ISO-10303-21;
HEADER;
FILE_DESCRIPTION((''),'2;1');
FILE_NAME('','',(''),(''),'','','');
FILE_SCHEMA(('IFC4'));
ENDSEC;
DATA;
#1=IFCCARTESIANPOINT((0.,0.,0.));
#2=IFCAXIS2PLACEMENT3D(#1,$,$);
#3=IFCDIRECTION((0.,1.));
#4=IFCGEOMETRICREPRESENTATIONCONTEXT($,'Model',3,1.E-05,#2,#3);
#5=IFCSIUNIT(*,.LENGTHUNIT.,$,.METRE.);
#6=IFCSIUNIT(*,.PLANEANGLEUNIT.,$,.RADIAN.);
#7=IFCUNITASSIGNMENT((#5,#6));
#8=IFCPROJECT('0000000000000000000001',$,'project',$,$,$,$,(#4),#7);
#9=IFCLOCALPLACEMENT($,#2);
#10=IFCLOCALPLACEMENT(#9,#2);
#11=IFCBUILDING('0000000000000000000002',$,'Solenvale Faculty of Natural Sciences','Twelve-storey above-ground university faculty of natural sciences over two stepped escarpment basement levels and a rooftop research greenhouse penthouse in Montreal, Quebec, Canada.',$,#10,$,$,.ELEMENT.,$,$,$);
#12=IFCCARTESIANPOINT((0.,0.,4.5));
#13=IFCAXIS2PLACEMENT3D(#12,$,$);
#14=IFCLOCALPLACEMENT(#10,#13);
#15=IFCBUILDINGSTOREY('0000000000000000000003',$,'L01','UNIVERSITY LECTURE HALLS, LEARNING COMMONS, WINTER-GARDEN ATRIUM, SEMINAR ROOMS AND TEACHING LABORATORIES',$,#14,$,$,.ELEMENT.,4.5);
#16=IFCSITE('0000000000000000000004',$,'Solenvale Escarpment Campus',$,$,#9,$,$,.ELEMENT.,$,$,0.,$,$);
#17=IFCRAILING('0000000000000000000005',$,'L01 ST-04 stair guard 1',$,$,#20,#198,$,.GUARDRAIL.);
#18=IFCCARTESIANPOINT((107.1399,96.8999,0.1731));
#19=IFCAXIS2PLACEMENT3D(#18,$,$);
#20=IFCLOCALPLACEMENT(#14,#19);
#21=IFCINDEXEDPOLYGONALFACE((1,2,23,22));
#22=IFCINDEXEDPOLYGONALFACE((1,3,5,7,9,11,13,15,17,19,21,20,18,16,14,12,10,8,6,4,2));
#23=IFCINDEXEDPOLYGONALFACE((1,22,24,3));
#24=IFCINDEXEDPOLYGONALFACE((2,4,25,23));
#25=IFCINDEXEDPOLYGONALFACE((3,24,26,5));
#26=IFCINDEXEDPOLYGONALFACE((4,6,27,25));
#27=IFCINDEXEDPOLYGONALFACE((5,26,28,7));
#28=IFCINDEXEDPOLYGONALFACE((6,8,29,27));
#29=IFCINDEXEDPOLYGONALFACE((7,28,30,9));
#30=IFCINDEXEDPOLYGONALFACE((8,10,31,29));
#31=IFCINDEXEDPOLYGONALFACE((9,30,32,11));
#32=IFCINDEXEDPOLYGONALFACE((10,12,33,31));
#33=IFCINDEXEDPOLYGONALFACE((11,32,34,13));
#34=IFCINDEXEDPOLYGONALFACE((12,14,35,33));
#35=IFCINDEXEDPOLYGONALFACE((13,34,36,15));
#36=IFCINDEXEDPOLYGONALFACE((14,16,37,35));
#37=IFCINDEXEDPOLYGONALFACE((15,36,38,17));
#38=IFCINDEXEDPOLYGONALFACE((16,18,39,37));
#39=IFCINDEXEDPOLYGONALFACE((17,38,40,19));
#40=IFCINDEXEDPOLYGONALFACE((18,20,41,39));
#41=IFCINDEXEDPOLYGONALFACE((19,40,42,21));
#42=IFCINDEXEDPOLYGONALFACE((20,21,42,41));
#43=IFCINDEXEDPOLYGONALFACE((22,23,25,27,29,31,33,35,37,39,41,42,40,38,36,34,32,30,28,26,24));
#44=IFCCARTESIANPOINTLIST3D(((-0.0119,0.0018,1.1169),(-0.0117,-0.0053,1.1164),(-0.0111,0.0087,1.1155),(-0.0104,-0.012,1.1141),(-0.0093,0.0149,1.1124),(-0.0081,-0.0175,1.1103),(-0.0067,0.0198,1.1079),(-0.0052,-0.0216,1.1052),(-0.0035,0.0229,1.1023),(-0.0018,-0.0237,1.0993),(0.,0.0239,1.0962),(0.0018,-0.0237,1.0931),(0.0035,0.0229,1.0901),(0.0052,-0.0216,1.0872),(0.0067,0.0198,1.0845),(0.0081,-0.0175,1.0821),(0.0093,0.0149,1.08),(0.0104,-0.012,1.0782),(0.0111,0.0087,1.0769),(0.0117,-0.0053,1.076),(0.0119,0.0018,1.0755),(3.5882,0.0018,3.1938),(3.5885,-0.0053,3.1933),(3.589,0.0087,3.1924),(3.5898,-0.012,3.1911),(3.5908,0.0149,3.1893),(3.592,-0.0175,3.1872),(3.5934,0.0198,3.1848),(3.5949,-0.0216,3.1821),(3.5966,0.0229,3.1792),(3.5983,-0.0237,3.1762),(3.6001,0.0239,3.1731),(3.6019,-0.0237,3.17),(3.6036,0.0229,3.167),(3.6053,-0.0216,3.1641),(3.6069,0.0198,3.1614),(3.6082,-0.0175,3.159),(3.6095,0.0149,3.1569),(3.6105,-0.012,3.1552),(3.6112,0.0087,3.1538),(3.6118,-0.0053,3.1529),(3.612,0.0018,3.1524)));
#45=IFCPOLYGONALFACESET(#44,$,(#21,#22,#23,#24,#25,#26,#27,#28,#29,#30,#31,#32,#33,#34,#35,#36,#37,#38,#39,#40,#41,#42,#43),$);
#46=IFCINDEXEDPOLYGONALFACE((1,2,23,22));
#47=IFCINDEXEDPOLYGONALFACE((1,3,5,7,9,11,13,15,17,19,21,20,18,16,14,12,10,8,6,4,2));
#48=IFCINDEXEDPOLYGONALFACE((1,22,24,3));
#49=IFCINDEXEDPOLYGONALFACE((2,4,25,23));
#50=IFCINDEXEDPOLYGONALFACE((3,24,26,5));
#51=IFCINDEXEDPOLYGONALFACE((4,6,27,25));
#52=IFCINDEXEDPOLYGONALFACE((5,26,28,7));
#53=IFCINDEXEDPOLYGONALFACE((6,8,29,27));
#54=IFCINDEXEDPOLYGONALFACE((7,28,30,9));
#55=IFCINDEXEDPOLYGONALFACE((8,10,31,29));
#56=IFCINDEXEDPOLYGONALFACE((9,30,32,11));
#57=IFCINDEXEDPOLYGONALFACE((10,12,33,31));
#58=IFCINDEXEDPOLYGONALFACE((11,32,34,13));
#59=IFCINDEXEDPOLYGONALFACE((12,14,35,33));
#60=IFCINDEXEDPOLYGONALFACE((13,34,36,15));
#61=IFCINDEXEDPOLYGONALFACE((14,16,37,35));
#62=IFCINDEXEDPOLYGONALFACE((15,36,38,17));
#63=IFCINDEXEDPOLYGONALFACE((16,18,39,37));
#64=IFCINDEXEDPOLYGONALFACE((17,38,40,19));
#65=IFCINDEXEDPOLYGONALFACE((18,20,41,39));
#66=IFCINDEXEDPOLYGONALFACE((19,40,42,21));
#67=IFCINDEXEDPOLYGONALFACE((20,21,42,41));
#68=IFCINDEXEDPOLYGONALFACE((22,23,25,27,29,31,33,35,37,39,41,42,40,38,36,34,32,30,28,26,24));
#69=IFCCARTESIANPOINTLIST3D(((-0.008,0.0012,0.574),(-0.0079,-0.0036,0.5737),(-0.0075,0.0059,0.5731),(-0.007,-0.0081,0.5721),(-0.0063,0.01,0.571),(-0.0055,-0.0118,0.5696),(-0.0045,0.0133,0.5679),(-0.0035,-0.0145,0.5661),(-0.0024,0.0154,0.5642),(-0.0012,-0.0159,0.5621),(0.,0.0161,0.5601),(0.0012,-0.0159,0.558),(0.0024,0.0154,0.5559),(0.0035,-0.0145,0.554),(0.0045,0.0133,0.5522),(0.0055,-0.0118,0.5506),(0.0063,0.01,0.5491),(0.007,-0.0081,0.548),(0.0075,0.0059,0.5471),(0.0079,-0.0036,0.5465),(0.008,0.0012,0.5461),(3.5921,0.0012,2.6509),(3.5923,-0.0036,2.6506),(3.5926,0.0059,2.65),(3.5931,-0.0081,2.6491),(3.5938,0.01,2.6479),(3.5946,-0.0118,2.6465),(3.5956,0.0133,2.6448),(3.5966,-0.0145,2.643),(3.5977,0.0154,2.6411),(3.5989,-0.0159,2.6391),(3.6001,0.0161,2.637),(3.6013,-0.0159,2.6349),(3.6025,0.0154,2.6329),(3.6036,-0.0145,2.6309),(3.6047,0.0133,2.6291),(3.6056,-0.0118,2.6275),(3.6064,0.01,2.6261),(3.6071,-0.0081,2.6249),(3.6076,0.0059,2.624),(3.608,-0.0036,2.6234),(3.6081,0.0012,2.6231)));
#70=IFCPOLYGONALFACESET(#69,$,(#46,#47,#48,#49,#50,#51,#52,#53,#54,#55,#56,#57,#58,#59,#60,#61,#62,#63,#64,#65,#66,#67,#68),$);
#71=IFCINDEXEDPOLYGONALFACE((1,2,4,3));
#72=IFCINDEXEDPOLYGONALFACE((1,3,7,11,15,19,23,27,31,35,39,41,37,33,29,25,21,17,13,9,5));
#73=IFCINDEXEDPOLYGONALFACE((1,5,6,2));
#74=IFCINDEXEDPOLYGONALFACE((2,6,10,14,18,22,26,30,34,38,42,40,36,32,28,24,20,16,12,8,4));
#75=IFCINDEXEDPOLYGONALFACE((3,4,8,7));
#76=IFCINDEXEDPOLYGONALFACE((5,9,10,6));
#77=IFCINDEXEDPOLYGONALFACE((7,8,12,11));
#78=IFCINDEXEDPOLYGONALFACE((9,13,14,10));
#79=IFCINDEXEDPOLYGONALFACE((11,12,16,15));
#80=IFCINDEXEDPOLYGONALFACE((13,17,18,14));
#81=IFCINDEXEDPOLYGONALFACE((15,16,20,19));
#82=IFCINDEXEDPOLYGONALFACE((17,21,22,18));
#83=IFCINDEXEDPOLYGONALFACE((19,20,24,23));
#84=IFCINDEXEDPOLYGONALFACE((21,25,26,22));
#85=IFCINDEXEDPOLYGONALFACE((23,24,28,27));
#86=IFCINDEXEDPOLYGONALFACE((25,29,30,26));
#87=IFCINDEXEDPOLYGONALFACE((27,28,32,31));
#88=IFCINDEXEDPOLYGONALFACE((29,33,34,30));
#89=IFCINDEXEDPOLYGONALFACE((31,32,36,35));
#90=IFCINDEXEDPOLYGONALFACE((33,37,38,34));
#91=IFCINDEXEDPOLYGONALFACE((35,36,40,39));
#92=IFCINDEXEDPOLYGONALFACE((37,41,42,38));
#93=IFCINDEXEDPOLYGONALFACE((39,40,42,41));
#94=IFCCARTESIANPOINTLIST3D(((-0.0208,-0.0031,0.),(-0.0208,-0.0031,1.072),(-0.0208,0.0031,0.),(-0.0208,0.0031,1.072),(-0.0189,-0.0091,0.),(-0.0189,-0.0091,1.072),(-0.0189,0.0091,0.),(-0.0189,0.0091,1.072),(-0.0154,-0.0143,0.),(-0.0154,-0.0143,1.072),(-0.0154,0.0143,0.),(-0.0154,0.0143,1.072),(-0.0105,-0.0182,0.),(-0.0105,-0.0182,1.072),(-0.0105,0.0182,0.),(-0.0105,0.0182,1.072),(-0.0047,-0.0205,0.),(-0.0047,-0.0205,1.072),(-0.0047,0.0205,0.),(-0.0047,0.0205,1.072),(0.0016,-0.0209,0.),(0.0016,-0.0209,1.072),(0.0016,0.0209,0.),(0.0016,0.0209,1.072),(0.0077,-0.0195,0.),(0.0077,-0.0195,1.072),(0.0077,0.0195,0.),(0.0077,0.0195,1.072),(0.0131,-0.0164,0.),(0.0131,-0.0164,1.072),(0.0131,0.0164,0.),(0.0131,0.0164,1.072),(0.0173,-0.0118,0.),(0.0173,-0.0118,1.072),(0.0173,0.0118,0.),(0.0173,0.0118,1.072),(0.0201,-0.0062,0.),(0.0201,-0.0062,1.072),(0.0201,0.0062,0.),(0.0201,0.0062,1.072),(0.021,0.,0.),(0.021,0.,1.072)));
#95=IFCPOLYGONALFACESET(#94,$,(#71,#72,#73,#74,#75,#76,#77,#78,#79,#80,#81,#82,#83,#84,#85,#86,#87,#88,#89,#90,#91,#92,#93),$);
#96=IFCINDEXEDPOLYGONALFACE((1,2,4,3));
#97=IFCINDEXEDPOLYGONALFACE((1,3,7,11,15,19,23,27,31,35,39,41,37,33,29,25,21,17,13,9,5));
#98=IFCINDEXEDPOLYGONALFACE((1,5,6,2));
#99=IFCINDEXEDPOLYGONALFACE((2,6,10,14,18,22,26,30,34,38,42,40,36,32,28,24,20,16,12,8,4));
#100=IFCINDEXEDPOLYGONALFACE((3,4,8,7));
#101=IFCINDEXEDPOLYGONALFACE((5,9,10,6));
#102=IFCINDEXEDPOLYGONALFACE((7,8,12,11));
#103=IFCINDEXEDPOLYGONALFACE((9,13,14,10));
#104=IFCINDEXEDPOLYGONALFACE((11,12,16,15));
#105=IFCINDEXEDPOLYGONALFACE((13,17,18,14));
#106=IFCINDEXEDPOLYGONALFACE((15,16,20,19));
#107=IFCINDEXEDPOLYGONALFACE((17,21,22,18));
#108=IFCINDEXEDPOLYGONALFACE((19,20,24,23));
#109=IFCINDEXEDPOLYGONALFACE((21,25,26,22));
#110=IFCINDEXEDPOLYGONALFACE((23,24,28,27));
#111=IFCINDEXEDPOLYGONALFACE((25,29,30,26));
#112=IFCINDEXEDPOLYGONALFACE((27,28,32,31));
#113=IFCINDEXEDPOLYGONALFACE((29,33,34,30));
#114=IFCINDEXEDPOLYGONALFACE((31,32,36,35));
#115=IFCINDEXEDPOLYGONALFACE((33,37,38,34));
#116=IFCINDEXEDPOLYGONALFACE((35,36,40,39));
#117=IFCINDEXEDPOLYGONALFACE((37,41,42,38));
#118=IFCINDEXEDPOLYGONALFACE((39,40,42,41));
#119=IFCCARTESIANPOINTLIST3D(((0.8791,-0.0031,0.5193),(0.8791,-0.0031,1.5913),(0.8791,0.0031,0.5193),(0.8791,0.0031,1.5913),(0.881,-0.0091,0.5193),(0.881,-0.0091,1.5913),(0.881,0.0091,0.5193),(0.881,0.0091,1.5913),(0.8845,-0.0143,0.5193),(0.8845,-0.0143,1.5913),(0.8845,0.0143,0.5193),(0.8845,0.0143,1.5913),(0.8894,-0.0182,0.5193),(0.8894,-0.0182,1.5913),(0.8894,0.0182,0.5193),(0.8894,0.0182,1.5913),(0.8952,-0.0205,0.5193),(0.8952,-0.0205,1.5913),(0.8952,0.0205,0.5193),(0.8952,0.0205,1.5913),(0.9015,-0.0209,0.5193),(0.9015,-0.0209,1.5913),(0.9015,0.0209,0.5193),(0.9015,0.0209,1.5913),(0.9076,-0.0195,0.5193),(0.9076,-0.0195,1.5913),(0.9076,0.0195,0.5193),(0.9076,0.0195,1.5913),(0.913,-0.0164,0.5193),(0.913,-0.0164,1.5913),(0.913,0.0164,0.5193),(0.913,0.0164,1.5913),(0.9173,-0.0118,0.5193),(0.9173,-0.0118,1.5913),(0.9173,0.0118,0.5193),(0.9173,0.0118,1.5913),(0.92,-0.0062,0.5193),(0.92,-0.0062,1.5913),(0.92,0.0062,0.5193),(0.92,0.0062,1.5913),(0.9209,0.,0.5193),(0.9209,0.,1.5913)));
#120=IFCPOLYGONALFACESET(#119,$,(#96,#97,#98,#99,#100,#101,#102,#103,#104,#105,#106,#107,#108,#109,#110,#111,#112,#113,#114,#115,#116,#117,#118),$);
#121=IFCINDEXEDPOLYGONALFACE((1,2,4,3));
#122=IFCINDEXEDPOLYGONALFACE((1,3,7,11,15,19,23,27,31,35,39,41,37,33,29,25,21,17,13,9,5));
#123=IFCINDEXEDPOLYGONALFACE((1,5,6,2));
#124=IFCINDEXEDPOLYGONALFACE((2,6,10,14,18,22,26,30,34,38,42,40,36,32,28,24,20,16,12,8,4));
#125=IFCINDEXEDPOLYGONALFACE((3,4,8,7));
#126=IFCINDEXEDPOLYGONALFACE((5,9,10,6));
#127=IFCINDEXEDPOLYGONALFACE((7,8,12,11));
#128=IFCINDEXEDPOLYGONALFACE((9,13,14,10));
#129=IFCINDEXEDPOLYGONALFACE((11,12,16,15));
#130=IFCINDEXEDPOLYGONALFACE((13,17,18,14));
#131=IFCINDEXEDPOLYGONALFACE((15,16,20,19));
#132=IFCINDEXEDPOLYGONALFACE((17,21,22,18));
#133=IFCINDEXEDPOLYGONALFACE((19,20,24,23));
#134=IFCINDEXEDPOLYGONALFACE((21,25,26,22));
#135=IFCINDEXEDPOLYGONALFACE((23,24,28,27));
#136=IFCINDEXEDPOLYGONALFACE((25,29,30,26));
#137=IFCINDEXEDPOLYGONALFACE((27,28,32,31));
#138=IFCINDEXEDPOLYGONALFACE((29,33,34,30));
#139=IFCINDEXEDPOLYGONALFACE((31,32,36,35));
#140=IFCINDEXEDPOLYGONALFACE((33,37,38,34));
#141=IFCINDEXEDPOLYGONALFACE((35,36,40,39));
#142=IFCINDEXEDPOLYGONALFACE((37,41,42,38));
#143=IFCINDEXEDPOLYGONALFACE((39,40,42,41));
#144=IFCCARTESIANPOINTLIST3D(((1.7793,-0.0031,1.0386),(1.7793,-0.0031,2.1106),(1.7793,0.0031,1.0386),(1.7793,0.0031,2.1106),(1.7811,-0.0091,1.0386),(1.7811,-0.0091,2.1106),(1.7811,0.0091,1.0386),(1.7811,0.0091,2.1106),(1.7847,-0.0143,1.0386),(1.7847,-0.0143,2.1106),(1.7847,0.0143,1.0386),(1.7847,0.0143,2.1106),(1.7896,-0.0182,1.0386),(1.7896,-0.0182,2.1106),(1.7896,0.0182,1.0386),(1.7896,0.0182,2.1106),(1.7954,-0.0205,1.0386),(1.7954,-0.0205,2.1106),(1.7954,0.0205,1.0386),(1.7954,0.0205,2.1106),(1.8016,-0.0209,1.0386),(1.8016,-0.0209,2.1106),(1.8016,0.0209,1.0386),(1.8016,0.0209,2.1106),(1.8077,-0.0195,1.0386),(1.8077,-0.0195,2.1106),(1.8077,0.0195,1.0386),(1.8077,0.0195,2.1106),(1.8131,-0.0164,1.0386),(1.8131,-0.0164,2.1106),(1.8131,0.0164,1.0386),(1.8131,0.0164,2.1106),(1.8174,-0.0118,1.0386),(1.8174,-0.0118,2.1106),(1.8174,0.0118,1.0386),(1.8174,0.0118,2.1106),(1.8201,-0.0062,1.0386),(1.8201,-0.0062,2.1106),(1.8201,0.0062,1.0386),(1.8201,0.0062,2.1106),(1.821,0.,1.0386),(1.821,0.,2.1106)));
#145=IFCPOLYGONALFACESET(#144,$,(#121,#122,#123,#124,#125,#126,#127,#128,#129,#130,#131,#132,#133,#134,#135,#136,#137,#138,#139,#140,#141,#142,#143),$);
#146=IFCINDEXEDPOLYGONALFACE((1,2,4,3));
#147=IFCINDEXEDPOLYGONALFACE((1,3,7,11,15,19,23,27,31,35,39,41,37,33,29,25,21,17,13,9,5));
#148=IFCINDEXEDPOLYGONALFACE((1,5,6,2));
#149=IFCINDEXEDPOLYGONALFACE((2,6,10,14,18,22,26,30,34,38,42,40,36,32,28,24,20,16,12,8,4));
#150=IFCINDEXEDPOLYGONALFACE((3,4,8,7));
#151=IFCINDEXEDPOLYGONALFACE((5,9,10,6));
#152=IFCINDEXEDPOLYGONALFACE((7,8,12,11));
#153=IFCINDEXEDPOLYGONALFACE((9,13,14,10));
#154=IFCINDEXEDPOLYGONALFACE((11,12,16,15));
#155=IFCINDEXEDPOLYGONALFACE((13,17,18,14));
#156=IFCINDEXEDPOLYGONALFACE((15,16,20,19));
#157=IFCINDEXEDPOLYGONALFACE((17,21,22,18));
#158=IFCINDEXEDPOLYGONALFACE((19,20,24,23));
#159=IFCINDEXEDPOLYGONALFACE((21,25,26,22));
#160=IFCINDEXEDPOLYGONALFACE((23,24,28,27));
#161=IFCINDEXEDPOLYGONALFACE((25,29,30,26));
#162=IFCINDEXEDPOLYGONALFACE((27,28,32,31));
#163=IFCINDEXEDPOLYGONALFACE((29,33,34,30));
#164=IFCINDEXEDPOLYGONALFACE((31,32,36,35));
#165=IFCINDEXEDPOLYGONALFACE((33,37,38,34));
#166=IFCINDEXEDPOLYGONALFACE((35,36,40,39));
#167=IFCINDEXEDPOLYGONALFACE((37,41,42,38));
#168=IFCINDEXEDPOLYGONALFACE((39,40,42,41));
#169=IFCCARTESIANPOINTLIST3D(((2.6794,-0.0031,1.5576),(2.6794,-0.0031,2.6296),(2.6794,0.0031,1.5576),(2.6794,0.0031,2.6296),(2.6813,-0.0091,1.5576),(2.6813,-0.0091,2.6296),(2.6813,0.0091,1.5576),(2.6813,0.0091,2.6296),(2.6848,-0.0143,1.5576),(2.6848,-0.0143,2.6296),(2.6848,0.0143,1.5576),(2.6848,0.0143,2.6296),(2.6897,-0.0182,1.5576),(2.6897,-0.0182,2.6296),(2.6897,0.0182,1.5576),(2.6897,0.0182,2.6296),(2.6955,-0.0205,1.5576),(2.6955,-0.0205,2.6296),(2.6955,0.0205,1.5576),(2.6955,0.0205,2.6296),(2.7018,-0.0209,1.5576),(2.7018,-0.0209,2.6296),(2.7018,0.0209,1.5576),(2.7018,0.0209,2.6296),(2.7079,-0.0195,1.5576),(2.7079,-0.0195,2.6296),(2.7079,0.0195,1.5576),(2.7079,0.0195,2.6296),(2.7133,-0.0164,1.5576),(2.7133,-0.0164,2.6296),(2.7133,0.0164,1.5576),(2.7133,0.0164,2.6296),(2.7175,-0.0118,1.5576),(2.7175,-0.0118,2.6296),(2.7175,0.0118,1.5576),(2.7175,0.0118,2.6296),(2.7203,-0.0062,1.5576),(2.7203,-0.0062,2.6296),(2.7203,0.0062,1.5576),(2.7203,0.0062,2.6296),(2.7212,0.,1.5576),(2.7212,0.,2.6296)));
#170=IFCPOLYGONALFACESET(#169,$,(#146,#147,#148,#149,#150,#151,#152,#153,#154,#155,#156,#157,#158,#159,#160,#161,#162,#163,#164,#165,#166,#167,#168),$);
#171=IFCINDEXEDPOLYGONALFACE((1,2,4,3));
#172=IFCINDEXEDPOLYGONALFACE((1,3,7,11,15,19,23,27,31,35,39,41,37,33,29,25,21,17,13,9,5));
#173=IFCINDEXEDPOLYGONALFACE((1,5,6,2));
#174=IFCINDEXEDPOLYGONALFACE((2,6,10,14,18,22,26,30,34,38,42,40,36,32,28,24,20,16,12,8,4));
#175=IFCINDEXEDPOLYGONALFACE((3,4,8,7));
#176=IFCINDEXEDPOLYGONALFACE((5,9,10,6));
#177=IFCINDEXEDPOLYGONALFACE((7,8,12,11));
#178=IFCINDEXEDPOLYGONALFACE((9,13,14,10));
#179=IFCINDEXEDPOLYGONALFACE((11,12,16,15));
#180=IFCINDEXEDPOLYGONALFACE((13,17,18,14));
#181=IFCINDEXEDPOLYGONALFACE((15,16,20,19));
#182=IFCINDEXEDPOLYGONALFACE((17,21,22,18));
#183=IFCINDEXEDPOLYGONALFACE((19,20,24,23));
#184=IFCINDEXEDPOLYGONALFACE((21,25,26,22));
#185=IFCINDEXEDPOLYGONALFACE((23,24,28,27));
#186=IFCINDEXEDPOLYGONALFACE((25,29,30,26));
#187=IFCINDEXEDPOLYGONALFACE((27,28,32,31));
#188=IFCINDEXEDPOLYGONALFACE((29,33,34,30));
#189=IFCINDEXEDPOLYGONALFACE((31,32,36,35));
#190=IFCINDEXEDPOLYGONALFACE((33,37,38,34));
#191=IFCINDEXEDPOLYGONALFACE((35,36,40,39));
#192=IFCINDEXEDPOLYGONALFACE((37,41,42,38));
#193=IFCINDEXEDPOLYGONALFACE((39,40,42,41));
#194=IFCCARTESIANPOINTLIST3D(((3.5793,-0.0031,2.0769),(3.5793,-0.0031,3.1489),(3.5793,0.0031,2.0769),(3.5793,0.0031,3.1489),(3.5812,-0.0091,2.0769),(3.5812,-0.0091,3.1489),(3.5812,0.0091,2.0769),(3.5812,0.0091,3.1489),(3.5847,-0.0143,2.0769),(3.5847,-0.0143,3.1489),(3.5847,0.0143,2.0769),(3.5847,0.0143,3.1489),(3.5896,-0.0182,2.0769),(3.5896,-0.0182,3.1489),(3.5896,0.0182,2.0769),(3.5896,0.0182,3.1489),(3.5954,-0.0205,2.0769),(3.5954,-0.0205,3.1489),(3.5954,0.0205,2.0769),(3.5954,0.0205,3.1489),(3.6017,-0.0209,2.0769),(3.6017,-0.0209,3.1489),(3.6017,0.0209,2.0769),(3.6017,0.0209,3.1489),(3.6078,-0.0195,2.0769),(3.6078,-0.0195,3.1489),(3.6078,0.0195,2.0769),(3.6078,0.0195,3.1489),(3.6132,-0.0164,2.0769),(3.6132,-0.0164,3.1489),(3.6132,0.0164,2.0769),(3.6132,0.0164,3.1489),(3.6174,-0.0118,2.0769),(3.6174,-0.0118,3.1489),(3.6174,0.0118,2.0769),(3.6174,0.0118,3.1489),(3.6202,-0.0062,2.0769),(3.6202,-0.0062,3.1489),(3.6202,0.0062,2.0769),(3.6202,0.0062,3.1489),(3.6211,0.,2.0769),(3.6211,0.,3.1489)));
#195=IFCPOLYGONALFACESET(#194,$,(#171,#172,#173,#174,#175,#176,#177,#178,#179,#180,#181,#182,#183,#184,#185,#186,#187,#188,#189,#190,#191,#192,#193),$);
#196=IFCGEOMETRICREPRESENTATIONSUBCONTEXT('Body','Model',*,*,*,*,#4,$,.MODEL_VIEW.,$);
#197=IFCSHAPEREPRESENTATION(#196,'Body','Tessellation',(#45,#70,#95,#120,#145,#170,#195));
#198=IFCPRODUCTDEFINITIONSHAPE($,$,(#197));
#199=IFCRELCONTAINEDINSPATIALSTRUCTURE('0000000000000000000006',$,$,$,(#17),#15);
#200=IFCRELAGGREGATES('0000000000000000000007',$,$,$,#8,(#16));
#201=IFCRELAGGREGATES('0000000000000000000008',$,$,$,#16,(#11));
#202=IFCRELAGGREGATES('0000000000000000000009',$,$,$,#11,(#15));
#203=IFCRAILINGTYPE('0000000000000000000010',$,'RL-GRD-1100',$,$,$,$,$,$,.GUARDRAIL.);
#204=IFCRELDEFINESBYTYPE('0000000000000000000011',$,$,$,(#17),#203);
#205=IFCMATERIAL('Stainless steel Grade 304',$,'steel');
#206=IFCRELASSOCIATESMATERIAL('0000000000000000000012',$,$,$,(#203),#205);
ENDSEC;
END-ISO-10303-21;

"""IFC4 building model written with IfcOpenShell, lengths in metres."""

from ifc_helpers import new_model, si_unit, direction, frame, origin, origin_2d, place, context, subcontext, project, spatial, circle, extrude, material, type_object, element, save


model = new_model("IFC4")

# Units and contexts
model_context = context("Model", 3, precision=1e-05, world=origin(), true_north=direction((0.0, 1.0)))
body_context = subcontext(model_context, "Body", "Model", "MODEL_VIEW")
ifc_project = project(units=[si_unit("LENGTHUNIT", "METRE"), si_unit("PLANEANGLEUNIT", "RADIAN")], contexts=[model_context])

# Site, building, storey
site_placement = place(None, origin())
site = spatial("IfcSite", under=ifc_project, at=site_placement, Name="Solenvale Escarpment Campus", CompositionType="ELEMENT", RefElevation=0.0)
building_placement = place(site_placement, origin())
building = spatial("IfcBuilding", under=site, at=building_placement, Name="Solenvale Faculty of Natural Sciences", Description="Twelve-storey above-ground university faculty of natural sciences over two stepped escarpment basement levels and a rooftop research greenhouse penthouse in Montreal, Quebec, Canada.", CompositionType="ELEMENT")
storey_placement = place(building_placement, frame((0.0, 0.0, 4.5)))
storey = spatial("IfcBuildingStorey", under=building, at=storey_placement, Name="L01", Description="UNIVERSITY LECTURE HALLS, LEARNING COMMONS, WINTER-GARDEN ATRIUM, SEMINAR ROOMS AND TEACHING LABORATORIES", CompositionType="ELEMENT", Elevation=4.5)

# Railing
ifc_material_1 = material(Name="Stainless steel Grade 304", Category="steel")
railing_type_1 = type_object("IfcRailingType", Name="RL-GRD-1100", PredefinedType="GUARDRAIL", material=ifc_material_1)
railing_1_placement = place(storey_placement, frame((107.1399, 96.8999, 0.1731)))
element("IfcRailing", 1, at=railing_1_placement, inside=storey, type_object=railing_type_1, Name="L01 ST-04 stair guard 1", PredefinedType="GUARDRAIL", context=body_context, shape_type="SweptSolid", body=[
    extrude(circle(Radius=0.0239, at=origin_2d()), frame((0.0, 0.0, 1.0962), z_axis=(0.866193, 0.0, 0.499709), x_axis=(0.0, 1.0, 0.0)), (0.0, 0.0, 1.0), 4.1562),
    extrude(circle(Radius=0.0161, at=origin_2d()), frame((0.0, 0.0, 0.5601), z_axis=(0.866193, 0.0, 0.499709), x_axis=(0.0, 1.0, 0.0)), (0.0, 0.0, 1.0), 4.1562),
    extrude(circle(Radius=0.021, at=origin_2d()), origin(), (0.0, 0.0, 1.0), 1.072),
    extrude(circle(Radius=0.021, at=origin_2d()), frame((0.8999, 0.0, 0.5193)), (0.0, 0.0, 1.0), 1.072),
    extrude(circle(Radius=0.021, at=origin_2d()), frame((1.8, 0.0, 1.0386)), (0.0, 0.0, 1.0), 1.072),
    extrude(circle(Radius=0.021, at=origin_2d()), frame((2.7002, 0.0, 1.5576)), (0.0, 0.0, 1.0), 1.072),
    extrude(circle(Radius=0.021, at=origin_2d()), frame((3.6001, 0.0, 2.0769)), (0.0, 0.0, 1.0), 1.072),
])

save(model, "model.ifc")
